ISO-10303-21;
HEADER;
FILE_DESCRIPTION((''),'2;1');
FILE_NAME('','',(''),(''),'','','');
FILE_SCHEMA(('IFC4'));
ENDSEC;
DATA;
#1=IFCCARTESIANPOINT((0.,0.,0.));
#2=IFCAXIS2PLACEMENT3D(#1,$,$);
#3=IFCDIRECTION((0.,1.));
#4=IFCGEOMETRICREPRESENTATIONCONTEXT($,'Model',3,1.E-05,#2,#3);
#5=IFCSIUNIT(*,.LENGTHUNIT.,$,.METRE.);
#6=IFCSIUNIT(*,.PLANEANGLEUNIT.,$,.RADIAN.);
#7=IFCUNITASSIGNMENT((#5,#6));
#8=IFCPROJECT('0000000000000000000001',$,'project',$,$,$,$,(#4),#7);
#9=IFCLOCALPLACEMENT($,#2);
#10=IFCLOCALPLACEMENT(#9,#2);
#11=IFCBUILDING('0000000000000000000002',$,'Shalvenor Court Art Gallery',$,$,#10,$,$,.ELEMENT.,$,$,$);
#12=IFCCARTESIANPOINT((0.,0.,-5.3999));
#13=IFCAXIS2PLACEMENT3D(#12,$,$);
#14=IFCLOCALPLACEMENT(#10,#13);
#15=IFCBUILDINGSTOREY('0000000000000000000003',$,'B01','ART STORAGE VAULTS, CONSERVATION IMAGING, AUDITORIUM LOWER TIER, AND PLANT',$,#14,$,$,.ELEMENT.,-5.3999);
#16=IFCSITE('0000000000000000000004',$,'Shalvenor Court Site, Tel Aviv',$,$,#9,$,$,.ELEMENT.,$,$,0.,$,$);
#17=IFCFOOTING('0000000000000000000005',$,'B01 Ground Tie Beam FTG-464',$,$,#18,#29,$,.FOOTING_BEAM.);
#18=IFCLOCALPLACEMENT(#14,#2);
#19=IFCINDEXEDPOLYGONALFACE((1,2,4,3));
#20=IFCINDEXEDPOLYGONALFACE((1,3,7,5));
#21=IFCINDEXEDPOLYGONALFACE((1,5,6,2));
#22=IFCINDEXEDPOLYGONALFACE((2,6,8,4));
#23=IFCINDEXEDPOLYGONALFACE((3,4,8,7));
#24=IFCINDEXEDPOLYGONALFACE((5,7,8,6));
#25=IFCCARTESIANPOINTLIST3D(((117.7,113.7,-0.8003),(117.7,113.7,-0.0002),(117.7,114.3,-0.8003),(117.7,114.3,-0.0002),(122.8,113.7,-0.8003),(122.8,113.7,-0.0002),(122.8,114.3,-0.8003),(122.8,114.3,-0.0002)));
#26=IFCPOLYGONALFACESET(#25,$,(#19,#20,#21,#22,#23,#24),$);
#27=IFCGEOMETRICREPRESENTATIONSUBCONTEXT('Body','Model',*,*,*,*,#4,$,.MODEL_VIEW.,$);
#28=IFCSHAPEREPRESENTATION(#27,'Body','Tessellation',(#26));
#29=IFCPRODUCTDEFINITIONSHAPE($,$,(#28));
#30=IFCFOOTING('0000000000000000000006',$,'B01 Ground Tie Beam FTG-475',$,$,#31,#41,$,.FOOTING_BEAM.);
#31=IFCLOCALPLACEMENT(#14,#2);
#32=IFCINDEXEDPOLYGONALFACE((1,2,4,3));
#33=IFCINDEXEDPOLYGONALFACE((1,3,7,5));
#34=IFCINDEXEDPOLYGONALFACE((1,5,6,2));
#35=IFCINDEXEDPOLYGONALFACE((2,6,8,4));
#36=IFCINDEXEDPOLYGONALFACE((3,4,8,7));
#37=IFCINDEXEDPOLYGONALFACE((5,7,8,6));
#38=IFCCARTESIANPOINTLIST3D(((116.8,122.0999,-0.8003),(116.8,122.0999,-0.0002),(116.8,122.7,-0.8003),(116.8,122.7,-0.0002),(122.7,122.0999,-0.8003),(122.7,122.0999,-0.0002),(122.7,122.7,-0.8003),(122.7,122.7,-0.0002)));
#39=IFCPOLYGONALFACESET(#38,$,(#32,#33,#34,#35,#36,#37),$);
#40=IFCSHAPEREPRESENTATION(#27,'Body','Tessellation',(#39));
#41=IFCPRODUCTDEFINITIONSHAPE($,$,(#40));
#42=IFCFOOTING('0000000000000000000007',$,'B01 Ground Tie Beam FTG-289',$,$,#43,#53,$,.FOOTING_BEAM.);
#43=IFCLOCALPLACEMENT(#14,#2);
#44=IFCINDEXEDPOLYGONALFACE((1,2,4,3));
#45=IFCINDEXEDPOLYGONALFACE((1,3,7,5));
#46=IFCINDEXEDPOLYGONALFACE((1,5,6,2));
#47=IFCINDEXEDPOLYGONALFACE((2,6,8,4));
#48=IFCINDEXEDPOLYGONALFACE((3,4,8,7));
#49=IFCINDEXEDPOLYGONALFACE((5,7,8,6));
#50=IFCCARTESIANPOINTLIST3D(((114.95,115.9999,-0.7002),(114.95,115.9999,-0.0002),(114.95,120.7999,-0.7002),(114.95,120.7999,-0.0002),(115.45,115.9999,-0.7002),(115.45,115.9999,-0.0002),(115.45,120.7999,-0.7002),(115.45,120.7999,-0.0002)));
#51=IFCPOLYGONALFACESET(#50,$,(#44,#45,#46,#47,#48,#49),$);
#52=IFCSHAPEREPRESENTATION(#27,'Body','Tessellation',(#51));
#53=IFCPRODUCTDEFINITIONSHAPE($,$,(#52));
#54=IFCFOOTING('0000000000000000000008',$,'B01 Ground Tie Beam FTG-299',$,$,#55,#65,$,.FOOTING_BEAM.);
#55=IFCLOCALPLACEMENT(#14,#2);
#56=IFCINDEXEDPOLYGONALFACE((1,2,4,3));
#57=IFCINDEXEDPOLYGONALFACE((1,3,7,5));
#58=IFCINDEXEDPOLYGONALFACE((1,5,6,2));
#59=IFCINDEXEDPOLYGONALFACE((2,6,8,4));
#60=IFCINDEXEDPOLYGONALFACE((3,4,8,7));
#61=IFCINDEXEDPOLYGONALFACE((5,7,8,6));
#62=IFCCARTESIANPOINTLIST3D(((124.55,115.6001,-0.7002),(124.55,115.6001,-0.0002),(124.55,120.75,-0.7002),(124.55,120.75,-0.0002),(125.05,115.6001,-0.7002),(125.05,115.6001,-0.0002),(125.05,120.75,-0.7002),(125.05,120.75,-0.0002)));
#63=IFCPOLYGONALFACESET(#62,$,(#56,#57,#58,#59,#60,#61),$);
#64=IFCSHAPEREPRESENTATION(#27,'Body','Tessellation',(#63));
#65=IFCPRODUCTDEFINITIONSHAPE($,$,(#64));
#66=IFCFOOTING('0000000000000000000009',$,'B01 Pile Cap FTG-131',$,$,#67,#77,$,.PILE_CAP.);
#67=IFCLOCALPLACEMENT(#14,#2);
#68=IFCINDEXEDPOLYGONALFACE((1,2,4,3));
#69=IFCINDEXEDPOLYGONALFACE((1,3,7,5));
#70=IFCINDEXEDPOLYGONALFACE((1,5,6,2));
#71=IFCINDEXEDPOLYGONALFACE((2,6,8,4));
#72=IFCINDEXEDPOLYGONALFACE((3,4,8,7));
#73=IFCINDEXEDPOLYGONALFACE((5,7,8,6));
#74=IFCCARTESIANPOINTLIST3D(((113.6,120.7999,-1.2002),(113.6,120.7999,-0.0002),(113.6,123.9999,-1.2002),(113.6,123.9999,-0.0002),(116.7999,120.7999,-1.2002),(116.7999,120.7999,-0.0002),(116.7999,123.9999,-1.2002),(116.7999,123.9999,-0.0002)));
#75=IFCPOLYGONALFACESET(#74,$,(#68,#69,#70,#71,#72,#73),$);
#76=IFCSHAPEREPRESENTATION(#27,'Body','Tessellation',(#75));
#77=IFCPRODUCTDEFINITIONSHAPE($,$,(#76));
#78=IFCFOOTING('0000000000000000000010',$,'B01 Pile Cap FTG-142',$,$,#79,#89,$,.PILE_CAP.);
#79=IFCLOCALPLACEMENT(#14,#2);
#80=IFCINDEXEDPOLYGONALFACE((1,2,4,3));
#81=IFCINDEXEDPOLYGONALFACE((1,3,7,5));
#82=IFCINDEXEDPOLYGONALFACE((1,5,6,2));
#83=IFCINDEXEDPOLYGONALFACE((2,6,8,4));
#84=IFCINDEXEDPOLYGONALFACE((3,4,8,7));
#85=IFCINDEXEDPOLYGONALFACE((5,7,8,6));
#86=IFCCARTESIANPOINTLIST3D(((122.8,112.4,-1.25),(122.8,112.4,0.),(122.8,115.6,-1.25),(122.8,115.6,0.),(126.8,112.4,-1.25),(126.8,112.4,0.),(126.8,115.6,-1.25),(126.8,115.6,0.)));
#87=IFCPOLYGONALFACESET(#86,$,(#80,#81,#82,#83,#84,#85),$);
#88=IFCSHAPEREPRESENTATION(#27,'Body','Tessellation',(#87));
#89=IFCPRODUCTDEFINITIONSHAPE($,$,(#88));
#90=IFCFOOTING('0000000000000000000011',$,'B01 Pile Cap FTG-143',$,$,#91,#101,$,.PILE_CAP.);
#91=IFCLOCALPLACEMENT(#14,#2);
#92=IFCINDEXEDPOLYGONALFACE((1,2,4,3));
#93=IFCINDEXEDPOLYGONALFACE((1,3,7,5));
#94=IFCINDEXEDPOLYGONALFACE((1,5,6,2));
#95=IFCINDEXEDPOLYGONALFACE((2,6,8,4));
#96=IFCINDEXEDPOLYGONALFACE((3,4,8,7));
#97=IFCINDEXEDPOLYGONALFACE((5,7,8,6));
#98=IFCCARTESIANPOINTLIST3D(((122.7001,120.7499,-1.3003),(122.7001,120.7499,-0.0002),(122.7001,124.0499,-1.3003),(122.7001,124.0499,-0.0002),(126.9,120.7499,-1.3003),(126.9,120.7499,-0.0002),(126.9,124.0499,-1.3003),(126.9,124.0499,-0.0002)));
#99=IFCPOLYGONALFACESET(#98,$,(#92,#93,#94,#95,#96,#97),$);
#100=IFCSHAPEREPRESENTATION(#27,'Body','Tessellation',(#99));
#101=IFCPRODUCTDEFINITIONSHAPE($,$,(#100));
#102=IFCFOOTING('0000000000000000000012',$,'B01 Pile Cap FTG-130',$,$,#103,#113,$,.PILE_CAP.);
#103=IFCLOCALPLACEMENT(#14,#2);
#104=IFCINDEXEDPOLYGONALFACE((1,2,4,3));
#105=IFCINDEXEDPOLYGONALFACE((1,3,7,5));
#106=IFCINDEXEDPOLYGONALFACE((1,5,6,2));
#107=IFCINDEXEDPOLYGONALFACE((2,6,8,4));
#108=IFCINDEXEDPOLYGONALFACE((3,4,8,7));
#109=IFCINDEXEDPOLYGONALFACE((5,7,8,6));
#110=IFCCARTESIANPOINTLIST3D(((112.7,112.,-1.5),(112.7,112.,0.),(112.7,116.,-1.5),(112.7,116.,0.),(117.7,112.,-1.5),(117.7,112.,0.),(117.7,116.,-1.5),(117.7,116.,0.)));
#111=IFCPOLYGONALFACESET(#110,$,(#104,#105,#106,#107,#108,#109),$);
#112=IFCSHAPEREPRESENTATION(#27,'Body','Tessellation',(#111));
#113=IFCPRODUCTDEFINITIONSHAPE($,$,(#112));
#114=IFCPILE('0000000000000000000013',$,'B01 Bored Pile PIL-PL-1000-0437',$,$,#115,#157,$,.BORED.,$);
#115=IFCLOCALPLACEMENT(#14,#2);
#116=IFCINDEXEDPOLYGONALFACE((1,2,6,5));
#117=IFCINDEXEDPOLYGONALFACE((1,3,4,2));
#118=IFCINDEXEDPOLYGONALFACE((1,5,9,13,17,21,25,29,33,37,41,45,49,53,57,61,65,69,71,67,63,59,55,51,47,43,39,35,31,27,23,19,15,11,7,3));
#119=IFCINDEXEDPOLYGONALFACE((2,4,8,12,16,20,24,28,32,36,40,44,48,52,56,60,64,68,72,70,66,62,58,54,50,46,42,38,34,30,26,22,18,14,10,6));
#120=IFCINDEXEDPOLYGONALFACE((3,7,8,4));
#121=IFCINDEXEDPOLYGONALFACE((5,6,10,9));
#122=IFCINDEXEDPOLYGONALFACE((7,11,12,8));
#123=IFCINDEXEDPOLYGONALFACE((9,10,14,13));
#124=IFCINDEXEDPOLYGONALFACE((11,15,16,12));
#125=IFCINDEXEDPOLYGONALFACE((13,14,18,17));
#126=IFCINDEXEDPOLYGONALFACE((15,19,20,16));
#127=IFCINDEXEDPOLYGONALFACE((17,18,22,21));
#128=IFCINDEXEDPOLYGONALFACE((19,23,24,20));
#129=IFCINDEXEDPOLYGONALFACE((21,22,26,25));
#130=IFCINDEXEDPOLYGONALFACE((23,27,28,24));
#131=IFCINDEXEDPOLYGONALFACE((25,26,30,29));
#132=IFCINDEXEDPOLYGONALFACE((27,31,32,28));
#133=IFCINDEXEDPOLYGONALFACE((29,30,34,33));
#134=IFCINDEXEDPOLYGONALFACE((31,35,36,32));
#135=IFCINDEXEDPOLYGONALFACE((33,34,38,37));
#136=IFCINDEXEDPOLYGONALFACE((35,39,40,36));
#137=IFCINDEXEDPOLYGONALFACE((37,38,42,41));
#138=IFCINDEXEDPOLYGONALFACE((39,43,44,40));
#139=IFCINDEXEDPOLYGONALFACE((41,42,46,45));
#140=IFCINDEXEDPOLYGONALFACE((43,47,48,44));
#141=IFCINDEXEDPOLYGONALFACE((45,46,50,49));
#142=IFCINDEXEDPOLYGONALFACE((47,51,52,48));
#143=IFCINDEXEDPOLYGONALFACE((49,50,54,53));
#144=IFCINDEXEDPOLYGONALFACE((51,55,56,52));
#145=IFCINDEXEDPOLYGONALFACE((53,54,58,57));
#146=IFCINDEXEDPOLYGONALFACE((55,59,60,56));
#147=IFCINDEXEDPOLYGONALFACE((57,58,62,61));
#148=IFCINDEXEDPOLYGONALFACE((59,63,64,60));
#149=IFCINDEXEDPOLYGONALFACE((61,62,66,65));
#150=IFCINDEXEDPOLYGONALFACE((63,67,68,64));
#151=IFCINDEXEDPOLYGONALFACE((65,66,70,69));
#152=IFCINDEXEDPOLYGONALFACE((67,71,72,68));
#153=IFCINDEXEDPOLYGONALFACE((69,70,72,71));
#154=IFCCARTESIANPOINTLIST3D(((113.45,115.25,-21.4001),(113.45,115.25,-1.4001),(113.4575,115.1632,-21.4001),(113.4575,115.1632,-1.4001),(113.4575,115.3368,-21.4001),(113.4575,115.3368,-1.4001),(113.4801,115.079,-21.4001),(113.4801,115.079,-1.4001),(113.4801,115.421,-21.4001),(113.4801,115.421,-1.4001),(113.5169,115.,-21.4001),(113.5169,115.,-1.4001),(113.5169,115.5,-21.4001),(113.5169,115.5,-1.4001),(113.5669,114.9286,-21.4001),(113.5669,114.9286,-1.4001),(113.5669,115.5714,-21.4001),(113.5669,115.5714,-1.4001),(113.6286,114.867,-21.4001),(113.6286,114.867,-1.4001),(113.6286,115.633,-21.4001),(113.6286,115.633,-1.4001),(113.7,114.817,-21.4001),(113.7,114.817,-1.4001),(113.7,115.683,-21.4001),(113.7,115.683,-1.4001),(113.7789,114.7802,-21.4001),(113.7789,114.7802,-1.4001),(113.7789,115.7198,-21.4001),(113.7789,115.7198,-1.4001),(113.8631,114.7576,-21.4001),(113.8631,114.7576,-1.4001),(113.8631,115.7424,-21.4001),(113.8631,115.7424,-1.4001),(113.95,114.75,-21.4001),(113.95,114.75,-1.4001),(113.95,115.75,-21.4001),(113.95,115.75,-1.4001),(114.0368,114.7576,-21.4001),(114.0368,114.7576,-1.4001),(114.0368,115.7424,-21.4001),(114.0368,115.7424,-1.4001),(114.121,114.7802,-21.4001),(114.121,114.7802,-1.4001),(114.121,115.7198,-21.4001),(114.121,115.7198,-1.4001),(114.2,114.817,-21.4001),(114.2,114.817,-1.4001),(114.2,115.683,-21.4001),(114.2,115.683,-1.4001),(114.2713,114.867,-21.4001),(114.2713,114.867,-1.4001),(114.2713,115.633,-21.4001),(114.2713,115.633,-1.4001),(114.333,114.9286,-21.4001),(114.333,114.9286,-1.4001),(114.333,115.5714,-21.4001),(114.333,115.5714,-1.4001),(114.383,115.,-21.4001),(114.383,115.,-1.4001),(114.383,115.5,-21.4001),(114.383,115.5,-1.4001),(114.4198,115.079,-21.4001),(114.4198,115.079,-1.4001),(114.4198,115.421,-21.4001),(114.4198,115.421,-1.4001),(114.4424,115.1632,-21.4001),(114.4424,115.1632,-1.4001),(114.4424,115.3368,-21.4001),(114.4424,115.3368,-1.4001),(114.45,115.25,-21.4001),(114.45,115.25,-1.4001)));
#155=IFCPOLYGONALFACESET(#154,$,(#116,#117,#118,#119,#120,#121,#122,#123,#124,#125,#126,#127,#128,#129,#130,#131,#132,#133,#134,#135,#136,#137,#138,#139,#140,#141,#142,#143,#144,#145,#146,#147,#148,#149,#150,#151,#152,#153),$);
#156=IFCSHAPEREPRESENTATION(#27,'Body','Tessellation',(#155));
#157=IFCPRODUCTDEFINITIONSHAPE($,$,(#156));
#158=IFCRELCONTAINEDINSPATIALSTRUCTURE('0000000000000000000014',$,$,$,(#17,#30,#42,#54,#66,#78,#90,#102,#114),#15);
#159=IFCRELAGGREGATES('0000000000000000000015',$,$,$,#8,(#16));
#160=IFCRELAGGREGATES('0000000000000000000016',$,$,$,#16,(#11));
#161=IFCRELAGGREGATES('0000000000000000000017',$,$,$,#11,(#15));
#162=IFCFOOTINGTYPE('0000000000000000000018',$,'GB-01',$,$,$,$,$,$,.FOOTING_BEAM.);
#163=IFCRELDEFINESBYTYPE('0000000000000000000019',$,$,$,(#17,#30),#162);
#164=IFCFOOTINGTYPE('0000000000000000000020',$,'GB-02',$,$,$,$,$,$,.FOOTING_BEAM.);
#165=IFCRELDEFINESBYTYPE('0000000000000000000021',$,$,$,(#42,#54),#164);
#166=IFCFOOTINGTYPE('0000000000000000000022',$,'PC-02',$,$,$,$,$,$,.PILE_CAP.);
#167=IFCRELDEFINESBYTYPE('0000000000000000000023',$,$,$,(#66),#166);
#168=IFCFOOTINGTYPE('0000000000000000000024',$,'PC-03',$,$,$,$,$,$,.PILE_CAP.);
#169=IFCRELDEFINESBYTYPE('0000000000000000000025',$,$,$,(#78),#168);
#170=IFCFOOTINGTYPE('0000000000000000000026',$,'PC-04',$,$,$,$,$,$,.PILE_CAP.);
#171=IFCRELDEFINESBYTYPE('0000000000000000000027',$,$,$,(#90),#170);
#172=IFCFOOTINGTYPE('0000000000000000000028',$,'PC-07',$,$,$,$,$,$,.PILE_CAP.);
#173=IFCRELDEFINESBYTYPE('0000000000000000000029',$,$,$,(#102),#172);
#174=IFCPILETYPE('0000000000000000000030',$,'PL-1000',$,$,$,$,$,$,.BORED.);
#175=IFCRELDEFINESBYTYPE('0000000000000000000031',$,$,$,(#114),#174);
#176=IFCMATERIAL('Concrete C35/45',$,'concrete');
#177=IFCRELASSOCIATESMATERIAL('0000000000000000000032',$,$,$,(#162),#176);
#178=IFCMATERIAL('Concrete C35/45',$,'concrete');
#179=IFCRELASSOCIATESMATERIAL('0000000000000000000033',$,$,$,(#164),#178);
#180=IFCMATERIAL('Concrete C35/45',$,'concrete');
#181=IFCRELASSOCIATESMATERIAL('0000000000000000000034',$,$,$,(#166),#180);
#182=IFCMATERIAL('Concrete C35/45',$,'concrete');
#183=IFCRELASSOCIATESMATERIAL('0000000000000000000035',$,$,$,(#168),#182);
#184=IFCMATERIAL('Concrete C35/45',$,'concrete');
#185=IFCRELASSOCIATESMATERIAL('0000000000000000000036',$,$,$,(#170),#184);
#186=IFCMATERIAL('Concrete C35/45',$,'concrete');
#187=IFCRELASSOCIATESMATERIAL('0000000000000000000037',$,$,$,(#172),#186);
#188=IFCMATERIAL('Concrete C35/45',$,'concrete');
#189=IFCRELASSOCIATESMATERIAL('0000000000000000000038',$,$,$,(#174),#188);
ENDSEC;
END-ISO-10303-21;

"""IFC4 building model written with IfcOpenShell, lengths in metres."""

from ifc_helpers import new_model, si_unit, direction, frame, origin, origin_2d, place, context, subcontext, project, spatial, rectangle, circle, extrude, material, material_profile, profile_set, type_object, element, save


model = new_model("IFC4")

# Units and contexts
model_context = context("Model", 3, precision=1e-05, world=origin(), true_north=direction((0.0, 1.0)))
body_context = subcontext(model_context, "Body", "Model", "MODEL_VIEW")
ifc_project = project(units=[si_unit("LENGTHUNIT", "METRE"), si_unit("PLANEANGLEUNIT", "RADIAN")], contexts=[model_context])

# Site, building, storey
site_placement = place(None, origin())
site = spatial("IfcSite", under=ifc_project, at=site_placement, Name="Shalvenor Court Site, Tel Aviv", CompositionType="ELEMENT", RefElevation=0.0)
building_placement = place(site_placement, origin())
building = spatial("IfcBuilding", under=site, at=building_placement, Name="Shalvenor Court Art Gallery", CompositionType="ELEMENT")
storey_placement = place(building_placement, frame((0.0, 0.0, -5.3999)))
storey = spatial("IfcBuildingStorey", under=building, at=storey_placement, Name="B01", Description="ART STORAGE VAULTS, CONSERVATION IMAGING, AUDITORIUM LOWER TIER, AND PLANT", CompositionType="ELEMENT", Elevation=-5.3999)

# Footings
ifc_material_1 = material(Name="Concrete C35/45", Category="concrete")
footing_type_1 = type_object("IfcFootingType", Name="GB-01", PredefinedType="FOOTING_BEAM", material=ifc_material_1)
footing_1_placement = place(storey_placement, frame((120.25, 114.0, -0.8003), z_axis=(0.0, 0.0, 1.0), x_axis=(1.0, 0.0, 0.0)))
element("IfcFooting", 1, at=footing_1_placement, inside=storey, type_object=footing_type_1, Name="B01 Ground Tie Beam FTG-464", PredefinedType="FOOTING_BEAM", context=body_context, shape_type="SweptSolid", body=[
    extrude(rectangle(XDim=5.1001, YDim=0.6001, at=origin_2d()), origin(), (0.0, 0.0, 1.0), 0.8),
])
footing_2_placement = place(storey_placement, frame((119.75, 122.3999, -0.8003), z_axis=(0.0, 0.0, 1.0), x_axis=(1.0, 0.0, 0.0)))
element("IfcFooting", 2, at=footing_2_placement, inside=storey, type_object=footing_type_1, Name="B01 Ground Tie Beam FTG-475", PredefinedType="FOOTING_BEAM", context=body_context, shape_type="SweptSolid", body=[
    extrude(rectangle(XDim=5.8999, YDim=0.6001, at=origin_2d()), origin(), (0.0, 0.0, 1.0), 0.8),
])
ifc_material_2 = material(Name="Concrete C35/45", Category="concrete")
footing_type_2 = type_object("IfcFootingType", Name="GB-02", PredefinedType="FOOTING_BEAM", material=ifc_material_2)
footing_3_placement = place(storey_placement, frame((115.2, 118.3999, -0.7002), z_axis=(0.0, 0.0, 1.0), x_axis=(0.0, 1.0, 0.0)))
element("IfcFooting", 3, at=footing_3_placement, inside=storey, type_object=footing_type_2, Name="B01 Ground Tie Beam FTG-289", PredefinedType="FOOTING_BEAM", context=body_context, shape_type="SweptSolid", body=[
    extrude(rectangle(XDim=4.8, YDim=0.5, at=origin_2d()), origin(), (0.0, 0.0, 1.0), 0.7),
])
footing_4_placement = place(storey_placement, frame((124.8, 118.175, -0.7002), z_axis=(0.0, 0.0, 1.0), x_axis=(0.0, 1.0, 0.0)))
element("IfcFooting", 4, at=footing_4_placement, inside=storey, type_object=footing_type_2, Name="B01 Ground Tie Beam FTG-299", PredefinedType="FOOTING_BEAM", context=body_context, shape_type="SweptSolid", body=[
    extrude(rectangle(XDim=5.1499, YDim=0.5, at=origin_2d()), origin(), (0.0, 0.0, 1.0), 0.7),
])
ifc_material_3 = material(Name="Concrete C35/45", Category="concrete")
footing_type_3 = type_object("IfcFootingType", Name="PC-02", PredefinedType="PILE_CAP", material=ifc_material_3)
footing_5_placement = place(storey_placement, frame((115.2, 122.3999, -1.2002), z_axis=(0.0, 0.0, 1.0), x_axis=(1.0, 0.0, 0.0)))
element("IfcFooting", 5, at=footing_5_placement, inside=storey, type_object=footing_type_3, Name="B01 Pile Cap FTG-131", PredefinedType="PILE_CAP", context=body_context, shape_type="SweptSolid", body=[
    extrude(rectangle(XDim=3.2, YDim=3.2, at=origin_2d()), origin(), (0.0, 0.0, 1.0), 1.2),
])
ifc_material_4 = material(Name="Concrete C35/45", Category="concrete")
footing_type_4 = type_object("IfcFootingType", Name="PC-03", PredefinedType="PILE_CAP", material=ifc_material_4)
footing_6_placement = place(storey_placement, frame((124.8, 114.0, -1.25), z_axis=(0.0, 0.0, 1.0), x_axis=(1.0, 0.0, 0.0)))
element("IfcFooting", 6, at=footing_6_placement, inside=storey, type_object=footing_type_4, Name="B01 Pile Cap FTG-142", PredefinedType="PILE_CAP", context=body_context, shape_type="SweptSolid", body=[
    extrude(rectangle(XDim=4.0, YDim=3.2, at=origin_2d()), origin(), (0.0, 0.0, 1.0), 1.25),
])
ifc_material_5 = material(Name="Concrete C35/45", Category="concrete")
footing_type_5 = type_object("IfcFootingType", Name="PC-04", PredefinedType="PILE_CAP", material=ifc_material_5)
footing_7_placement = place(storey_placement, frame((124.8, 122.3999, -1.3003), z_axis=(0.0, 0.0, 1.0), x_axis=(1.0, 0.0, 0.0)))
element("IfcFooting", 7, at=footing_7_placement, inside=storey, type_object=footing_type_5, Name="B01 Pile Cap FTG-143", PredefinedType="PILE_CAP", context=body_context, shape_type="SweptSolid", body=[
    extrude(rectangle(XDim=4.2, YDim=3.3, at=origin_2d()), origin(), (0.0, 0.0, 1.0), 1.3),
])
ifc_material_6 = material(Name="Concrete C35/45", Category="concrete")
footing_type_6 = type_object("IfcFootingType", Name="PC-07", PredefinedType="PILE_CAP", material=ifc_material_6)
footing_8_placement = place(storey_placement, frame((115.2, 114.0, -1.5), z_axis=(0.0, 0.0, 1.0), x_axis=(1.0, 0.0, 0.0)))
element("IfcFooting", 8, at=footing_8_placement, inside=storey, type_object=footing_type_6, Name="B01 Pile Cap FTG-130", PredefinedType="PILE_CAP", context=body_context, shape_type="SweptSolid", body=[
    extrude(rectangle(XDim=5.0, YDim=4.0, at=origin_2d()), origin(), (0.0, 0.0, 1.0), 1.5),
])

# Pile
ifc_material_7 = material(Name="Concrete C35/45", Category="concrete")
ifc_material_profile_1 = material_profile(ifc_material_7, circle(Radius=0.5, at=origin_2d()), Name="PILE 1000")
ifc_profile_set_1 = profile_set([ifc_material_profile_1], Name="Concrete C35/45")
pile_type_1 = type_object("IfcPileType", Name="PL-1000", PredefinedType="BORED", material=ifc_profile_set_1)
for number, where, z_axis, x_axis, name in (
    (9, (113.95, 115.25, -1.4001), (0.0, 0.0, -1.0), (1.0, 0.0, 0.0), "B01 Bored Pile PIL-PL-1000-0437"),
):
    element("IfcPile", number, at=place(storey_placement, frame(where, z_axis=z_axis, x_axis=x_axis)), inside=storey, type_object=pile_type_1, Name=name, PredefinedType="BORED", context=body_context, shape_type="SweptSolid", body=[
        extrude(circle(Radius=0.5, at=origin_2d()), origin(), (0.0, 0.0, 1.0), 20.0),
    ])

save(model, "model.ifc")
